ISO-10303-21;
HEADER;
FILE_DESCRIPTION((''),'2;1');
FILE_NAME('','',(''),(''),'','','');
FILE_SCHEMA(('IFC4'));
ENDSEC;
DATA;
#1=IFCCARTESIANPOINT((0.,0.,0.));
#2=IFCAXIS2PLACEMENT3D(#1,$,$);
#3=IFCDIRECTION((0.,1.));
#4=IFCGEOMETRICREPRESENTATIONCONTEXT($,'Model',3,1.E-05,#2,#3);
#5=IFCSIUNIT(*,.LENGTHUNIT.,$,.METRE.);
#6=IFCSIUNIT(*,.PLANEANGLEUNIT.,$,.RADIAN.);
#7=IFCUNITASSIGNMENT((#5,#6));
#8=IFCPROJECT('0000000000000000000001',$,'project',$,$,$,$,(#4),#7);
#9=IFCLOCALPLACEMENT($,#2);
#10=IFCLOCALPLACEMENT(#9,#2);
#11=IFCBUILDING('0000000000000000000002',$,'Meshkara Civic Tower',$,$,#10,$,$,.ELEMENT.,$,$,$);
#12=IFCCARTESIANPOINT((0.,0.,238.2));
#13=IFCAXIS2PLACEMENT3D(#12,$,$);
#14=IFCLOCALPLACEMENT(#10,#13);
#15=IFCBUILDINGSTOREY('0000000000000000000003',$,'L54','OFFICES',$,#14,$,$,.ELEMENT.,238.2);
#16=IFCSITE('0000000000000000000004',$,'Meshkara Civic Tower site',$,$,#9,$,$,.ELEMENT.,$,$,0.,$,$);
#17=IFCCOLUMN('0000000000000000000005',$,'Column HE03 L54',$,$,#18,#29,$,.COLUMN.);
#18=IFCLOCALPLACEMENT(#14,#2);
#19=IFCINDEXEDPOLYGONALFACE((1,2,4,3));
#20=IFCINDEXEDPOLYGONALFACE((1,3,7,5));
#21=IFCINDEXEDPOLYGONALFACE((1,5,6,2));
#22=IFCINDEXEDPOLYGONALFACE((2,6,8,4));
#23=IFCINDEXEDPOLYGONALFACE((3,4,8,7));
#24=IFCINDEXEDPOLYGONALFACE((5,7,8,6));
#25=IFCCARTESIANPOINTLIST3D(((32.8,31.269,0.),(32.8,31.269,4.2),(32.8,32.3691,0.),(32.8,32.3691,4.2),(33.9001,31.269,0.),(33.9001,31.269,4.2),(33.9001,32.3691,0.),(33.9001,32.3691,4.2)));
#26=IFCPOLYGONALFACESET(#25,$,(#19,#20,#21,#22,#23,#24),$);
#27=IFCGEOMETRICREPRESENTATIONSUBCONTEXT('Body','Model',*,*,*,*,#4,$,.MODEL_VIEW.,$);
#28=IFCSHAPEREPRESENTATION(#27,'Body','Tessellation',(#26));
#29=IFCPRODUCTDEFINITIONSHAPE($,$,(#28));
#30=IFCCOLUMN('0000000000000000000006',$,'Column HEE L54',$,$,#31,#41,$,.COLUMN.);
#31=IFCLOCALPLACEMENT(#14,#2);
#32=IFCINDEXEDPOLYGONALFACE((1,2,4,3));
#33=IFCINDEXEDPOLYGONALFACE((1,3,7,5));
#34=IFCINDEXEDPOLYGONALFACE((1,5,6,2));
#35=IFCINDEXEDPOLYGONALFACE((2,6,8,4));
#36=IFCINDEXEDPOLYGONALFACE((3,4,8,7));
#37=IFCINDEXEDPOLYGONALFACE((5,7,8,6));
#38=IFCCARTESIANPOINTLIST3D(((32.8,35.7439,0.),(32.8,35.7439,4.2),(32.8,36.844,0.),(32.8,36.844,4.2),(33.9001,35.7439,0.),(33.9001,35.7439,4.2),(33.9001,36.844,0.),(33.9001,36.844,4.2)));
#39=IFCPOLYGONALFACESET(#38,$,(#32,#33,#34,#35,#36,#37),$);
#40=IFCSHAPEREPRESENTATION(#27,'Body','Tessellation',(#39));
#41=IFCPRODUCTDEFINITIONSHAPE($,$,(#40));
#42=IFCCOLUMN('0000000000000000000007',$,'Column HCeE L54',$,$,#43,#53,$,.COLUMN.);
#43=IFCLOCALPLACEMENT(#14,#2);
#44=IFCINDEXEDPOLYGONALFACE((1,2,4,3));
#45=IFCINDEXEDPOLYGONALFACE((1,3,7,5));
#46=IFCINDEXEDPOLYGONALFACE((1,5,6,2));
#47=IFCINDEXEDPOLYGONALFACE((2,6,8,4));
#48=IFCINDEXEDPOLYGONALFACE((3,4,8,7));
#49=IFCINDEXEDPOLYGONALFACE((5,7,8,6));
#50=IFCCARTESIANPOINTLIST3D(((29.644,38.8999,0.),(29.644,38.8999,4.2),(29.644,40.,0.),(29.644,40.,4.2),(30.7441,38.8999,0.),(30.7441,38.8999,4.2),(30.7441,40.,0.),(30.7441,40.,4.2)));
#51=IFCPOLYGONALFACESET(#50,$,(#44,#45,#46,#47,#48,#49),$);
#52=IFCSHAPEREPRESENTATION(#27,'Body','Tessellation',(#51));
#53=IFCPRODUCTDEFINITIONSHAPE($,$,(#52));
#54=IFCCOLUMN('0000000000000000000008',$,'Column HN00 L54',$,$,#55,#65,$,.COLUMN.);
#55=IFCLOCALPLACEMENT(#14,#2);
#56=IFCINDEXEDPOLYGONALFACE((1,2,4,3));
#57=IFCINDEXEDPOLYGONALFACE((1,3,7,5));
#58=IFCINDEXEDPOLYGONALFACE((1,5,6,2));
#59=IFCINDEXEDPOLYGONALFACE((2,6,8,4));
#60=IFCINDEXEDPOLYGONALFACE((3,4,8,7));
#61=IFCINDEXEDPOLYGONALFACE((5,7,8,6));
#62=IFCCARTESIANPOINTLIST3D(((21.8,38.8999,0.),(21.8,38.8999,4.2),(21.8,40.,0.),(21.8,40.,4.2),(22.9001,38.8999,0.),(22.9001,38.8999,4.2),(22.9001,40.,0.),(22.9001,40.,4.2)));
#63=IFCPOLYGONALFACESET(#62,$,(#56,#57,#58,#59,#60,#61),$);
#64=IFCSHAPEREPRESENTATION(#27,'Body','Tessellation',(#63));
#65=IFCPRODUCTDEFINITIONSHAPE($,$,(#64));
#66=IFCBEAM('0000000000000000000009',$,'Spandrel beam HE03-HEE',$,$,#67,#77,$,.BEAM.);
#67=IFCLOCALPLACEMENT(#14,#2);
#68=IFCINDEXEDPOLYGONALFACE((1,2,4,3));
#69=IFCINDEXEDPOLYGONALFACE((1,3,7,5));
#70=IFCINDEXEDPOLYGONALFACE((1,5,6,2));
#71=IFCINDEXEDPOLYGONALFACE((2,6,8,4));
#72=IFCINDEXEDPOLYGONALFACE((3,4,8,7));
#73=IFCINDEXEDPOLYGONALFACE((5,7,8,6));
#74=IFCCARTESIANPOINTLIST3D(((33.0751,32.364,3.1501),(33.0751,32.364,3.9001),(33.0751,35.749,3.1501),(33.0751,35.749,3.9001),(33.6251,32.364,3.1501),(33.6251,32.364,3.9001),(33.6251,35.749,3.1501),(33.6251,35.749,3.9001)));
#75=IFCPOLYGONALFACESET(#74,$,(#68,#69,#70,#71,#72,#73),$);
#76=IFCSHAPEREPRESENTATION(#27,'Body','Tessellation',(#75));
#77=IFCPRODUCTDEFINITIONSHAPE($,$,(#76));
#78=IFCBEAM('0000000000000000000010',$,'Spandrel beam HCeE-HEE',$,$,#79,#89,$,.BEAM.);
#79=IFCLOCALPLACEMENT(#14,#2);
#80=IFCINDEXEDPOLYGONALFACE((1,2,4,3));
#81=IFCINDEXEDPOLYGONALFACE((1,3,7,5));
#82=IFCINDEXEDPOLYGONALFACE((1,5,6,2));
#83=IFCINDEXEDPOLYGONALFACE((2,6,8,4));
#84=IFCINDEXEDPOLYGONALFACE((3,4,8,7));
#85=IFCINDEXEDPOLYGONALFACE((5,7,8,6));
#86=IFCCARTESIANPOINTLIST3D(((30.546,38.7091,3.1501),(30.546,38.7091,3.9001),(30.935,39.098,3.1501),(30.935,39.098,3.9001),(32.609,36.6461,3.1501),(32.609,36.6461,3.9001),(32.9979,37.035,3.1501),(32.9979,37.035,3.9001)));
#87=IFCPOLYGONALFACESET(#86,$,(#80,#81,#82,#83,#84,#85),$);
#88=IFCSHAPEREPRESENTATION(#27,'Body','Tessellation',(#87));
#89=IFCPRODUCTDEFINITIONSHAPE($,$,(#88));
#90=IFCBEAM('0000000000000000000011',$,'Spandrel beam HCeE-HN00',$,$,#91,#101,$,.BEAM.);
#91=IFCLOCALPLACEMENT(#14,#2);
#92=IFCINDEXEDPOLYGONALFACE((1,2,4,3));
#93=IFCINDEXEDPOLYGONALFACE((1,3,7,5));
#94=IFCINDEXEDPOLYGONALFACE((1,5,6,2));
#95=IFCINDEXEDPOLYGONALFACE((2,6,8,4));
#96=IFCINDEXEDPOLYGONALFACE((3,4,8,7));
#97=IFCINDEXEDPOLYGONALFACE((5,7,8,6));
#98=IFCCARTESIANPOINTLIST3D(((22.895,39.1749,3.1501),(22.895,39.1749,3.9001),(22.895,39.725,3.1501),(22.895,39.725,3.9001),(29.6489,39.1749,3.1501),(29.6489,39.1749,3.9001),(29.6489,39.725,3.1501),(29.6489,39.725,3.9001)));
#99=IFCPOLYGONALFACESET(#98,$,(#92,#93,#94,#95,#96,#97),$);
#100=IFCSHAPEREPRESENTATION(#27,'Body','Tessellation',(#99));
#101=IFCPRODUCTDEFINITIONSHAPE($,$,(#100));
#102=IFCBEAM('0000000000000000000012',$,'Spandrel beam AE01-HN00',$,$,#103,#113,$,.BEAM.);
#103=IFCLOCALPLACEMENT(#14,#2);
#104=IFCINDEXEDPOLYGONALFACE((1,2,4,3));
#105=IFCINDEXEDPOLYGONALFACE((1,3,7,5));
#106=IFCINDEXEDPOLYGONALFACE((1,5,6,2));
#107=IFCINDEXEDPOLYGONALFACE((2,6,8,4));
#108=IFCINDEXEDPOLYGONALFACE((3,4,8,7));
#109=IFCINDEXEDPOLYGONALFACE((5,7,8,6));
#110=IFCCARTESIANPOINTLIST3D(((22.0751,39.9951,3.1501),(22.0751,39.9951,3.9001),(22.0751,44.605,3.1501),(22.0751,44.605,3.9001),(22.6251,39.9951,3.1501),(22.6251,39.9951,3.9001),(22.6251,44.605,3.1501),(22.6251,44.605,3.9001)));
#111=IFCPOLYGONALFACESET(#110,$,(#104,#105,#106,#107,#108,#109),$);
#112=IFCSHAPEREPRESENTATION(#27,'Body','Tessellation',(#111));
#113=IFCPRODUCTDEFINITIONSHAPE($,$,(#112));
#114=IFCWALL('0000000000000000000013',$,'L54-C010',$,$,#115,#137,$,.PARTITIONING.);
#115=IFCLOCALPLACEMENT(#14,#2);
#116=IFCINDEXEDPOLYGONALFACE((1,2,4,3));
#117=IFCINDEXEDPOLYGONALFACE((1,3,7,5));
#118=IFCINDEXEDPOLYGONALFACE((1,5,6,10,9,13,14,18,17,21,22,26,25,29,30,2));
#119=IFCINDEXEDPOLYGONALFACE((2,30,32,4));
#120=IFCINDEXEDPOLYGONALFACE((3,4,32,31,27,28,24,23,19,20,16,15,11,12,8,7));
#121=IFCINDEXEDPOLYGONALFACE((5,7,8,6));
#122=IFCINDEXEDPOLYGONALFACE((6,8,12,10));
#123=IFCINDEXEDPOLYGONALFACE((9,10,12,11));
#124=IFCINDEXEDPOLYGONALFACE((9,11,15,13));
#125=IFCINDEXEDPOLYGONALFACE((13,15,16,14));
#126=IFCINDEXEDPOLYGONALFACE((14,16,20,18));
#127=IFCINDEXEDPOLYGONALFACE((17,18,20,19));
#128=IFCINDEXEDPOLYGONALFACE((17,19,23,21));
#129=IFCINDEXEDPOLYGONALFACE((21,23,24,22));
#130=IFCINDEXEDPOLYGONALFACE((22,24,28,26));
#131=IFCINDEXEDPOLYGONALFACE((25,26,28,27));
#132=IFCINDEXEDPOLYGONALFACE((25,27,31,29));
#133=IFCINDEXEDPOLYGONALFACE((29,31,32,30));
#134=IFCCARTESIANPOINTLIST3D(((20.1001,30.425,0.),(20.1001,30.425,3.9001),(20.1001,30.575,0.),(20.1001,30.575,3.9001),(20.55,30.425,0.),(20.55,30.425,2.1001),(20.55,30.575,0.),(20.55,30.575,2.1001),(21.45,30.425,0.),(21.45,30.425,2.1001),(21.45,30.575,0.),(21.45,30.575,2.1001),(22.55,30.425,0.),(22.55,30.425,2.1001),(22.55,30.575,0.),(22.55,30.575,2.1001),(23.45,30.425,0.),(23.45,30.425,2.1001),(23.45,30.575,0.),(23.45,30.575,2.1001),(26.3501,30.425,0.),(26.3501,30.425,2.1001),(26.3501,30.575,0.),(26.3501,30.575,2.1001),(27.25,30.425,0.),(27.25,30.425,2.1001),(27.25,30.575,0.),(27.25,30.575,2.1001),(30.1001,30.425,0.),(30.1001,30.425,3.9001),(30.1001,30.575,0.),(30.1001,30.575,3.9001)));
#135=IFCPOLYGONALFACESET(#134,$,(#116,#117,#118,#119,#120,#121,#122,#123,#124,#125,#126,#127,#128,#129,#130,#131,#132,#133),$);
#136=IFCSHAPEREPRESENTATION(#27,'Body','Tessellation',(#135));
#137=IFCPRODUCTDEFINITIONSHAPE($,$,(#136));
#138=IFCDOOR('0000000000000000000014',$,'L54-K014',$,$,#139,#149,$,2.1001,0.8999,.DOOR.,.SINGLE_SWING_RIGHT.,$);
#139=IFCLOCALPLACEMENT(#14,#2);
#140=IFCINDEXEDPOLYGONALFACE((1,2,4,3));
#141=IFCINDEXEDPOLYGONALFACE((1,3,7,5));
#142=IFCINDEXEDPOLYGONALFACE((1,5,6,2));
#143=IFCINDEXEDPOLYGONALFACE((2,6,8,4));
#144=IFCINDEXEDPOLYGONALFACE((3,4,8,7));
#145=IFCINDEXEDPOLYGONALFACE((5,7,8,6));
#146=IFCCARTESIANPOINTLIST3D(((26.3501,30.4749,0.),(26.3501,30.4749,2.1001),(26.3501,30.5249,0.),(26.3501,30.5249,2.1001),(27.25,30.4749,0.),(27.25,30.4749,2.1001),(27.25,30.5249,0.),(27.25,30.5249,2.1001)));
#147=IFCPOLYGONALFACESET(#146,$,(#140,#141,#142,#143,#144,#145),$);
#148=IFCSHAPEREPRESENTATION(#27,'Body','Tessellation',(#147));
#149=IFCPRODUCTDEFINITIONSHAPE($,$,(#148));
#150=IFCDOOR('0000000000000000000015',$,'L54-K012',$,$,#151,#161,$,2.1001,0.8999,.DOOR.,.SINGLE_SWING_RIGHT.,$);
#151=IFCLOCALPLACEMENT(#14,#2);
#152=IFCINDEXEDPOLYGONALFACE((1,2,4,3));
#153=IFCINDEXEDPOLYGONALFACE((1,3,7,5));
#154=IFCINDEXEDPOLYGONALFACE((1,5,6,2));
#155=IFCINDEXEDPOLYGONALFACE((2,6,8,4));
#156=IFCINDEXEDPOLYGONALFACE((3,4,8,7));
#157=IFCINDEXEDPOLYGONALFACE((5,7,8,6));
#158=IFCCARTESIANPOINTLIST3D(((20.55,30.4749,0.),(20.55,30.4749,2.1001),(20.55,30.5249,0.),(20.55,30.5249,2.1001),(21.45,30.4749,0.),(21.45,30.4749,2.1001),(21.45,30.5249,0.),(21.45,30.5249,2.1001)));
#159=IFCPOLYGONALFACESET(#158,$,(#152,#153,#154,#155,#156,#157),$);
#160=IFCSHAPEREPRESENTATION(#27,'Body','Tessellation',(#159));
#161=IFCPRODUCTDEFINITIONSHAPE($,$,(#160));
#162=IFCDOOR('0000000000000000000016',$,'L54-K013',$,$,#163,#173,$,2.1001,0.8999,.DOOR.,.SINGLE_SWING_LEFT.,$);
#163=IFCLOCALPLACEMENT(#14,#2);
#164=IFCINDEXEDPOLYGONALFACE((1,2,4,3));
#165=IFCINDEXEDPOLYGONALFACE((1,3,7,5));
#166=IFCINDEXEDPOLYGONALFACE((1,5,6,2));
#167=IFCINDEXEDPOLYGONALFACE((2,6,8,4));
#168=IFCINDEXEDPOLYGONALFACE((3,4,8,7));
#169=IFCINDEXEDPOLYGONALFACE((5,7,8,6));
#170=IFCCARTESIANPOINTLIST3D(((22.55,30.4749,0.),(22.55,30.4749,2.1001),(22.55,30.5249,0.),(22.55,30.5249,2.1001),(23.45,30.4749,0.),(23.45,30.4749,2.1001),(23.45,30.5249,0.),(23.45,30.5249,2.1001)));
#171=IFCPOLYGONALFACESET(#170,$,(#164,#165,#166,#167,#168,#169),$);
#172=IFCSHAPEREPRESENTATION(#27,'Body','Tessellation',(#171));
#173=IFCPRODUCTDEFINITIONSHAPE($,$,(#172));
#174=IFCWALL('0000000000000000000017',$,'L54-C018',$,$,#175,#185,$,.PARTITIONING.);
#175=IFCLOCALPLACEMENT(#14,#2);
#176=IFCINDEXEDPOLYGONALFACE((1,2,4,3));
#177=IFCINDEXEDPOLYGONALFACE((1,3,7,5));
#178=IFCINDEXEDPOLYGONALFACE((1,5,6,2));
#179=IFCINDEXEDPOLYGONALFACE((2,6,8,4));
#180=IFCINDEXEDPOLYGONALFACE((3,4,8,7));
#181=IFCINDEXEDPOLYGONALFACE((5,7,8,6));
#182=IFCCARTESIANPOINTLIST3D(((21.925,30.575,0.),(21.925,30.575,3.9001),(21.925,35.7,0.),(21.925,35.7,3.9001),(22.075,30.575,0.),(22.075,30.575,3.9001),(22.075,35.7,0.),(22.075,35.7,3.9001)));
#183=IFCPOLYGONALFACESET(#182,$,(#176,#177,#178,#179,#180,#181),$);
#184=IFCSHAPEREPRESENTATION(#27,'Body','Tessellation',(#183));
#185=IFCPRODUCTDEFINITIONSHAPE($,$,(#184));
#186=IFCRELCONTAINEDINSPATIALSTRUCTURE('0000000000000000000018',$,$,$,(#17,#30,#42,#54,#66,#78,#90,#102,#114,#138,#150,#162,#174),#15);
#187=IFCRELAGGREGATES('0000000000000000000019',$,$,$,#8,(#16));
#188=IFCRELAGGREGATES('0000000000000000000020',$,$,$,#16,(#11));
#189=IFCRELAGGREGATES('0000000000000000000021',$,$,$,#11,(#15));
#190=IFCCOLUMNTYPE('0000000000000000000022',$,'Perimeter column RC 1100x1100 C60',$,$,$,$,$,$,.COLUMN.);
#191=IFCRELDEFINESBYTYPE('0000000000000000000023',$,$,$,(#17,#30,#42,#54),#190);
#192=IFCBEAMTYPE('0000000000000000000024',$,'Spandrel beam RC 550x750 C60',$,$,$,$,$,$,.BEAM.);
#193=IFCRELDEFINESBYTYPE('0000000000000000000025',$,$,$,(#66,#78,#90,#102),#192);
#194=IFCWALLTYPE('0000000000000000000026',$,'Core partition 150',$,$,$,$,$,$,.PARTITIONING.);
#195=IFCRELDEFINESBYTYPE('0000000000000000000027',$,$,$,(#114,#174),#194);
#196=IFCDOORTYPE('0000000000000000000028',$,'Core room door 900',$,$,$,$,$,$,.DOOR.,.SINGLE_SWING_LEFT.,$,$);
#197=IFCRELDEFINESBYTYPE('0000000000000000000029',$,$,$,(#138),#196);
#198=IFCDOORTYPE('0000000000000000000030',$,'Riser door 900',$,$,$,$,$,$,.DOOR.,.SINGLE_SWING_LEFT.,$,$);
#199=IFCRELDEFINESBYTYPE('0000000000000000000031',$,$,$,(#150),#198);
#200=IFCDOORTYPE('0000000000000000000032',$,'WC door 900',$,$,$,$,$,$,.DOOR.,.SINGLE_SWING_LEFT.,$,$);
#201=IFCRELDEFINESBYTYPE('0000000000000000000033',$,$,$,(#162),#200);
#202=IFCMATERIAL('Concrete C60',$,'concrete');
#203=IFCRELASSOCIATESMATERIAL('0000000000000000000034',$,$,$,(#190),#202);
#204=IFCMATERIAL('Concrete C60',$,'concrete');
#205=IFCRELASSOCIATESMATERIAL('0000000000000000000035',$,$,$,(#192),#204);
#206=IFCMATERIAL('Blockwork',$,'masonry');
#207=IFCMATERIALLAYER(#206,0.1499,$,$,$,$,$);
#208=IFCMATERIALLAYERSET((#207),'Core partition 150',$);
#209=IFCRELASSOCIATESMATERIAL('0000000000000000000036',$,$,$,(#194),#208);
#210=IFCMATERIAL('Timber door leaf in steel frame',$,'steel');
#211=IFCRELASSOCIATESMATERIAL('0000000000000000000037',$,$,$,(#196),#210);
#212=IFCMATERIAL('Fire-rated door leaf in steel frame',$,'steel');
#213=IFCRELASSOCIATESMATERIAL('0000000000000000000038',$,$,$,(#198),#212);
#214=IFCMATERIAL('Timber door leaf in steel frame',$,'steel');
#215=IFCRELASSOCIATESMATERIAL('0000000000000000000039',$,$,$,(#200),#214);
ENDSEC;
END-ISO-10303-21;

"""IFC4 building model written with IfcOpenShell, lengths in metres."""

from ifc_helpers import new_model, si_unit, direction, frame, frame_2d, origin, origin_2d, place, context, subcontext, project, spatial, rectangle, extrude, material, layer, layer_set, material_profile, profile_set, type_object, element, fill, save


model = new_model("IFC4")

# Units and contexts
model_context = context("Model", 3, precision=1e-05, world=origin(), true_north=direction((0.0, 1.0)))
body_context = subcontext(model_context, "Body", "Model", "MODEL_VIEW")
ifc_project = project(units=[si_unit("LENGTHUNIT", "METRE"), si_unit("PLANEANGLEUNIT", "RADIAN")], contexts=[model_context])

# Site, building, storey
site_placement = place(None, origin())
site = spatial("IfcSite", under=ifc_project, at=site_placement, Name="Meshkara Civic Tower site", CompositionType="ELEMENT", RefElevation=0.0)
building_placement = place(site_placement, origin())
building = spatial("IfcBuilding", under=site, at=building_placement, Name="Meshkara Civic Tower", CompositionType="ELEMENT")
storey_placement = place(building_placement, frame((0.0, 0.0, 238.2)))
storey = spatial("IfcBuildingStorey", under=building, at=storey_placement, Name="L54", Description="OFFICES", CompositionType="ELEMENT", Elevation=238.2)

# Columns
ifc_material_1 = material(Name="Concrete C60", Category="concrete")
ifc_material_profile_1 = material_profile(ifc_material_1, rectangle(XDim=1.1001, YDim=1.1001, at=origin_2d()))
ifc_profile_set_1 = profile_set([ifc_material_profile_1], Name="Concrete C60")
column_type = type_object("IfcColumnType", Name="Perimeter column RC 1100x1100 C60", PredefinedType="COLUMN", material=ifc_profile_set_1)
for number, where, z_axis, x_axis, name in (
    (1, (33.3501, 31.8191, 0.0), (0.0, 0.0, 1.0), (1.0, 0.0, 0.0), "Column HE03 L54"),
    (2, (33.3501, 36.2939, 0.0), (0.0, 0.0, 1.0), (1.0, 0.0, 0.0), "Column HEE L54"),
    (3, (30.1941, 39.45, 0.0), (0.0, 0.0, 1.0), (1.0, 0.0, 0.0), "Column HCeE L54"),
    (4, (22.3501, 39.45, 0.0), (0.0, 0.0, 1.0), (1.0, 0.0, 0.0), "Column HN00 L54"),
):
    element("IfcColumn", number, at=place(storey_placement, frame(where, z_axis=z_axis, x_axis=x_axis)), inside=storey, type_object=column_type, Name=name, PredefinedType="COLUMN", context=body_context, shape_type="SweptSolid", body=[
        extrude(rectangle(XDim=1.1001, YDim=1.1001, at=origin_2d()), origin(), (0.0, 0.0, 1.0), 4.2),
    ])

# Beams
ifc_material_2 = material(Name="Concrete C60", Category="concrete")
ifc_material_profile_2 = material_profile(ifc_material_2, rectangle(XDim=0.55, YDim=0.75, at=origin_2d()))
ifc_profile_set_2 = profile_set([ifc_material_profile_2], Name="Concrete C60")
beam_type = type_object("IfcBeamType", Name="Spandrel beam RC 550x750 C60", PredefinedType="BEAM", material=ifc_profile_set_2)
beam_1_placement = place(storey_placement, frame((33.3501, 32.364, 3.5251), z_axis=(0.0, 1.0, 0.0), x_axis=(-1.0, 0.0, 0.0)))
element("IfcBeam", 5, at=beam_1_placement, inside=storey, type_object=beam_type, Name="Spandrel beam HE03-HEE", PredefinedType="BEAM", context=body_context, shape_type="SweptSolid", body=[
    extrude(rectangle(XDim=0.55, YDim=0.75, at=origin_2d()), origin(), (0.0, 0.0, 1.0), 3.385),
])
beam_2_placement = place(storey_placement, frame((32.8035, 36.8406, 3.5251), z_axis=(-0.707107, 0.707107, 0.0), x_axis=(-0.707107, -0.707107, 0.0)))
element("IfcBeam", 6, at=beam_2_placement, inside=storey, type_object=beam_type, Name="Spandrel beam HCeE-HEE", PredefinedType="BEAM", context=body_context, shape_type="SweptSolid", body=[
    extrude(rectangle(XDim=0.55, YDim=0.75, at=origin_2d()), origin(), (0.0, 0.0, 1.0), 2.9175),
])
beam_3_placement = place(storey_placement, frame((29.6489, 39.45, 3.5251), z_axis=(-1.0, 0.0, 0.0), x_axis=(0.0, -1.0, 0.0)))
element("IfcBeam", 7, at=beam_3_placement, inside=storey, type_object=beam_type, Name="Spandrel beam HCeE-HN00", PredefinedType="BEAM", context=body_context, shape_type="SweptSolid", body=[
    extrude(rectangle(XDim=0.55, YDim=0.75, at=origin_2d()), origin(), (0.0, 0.0, 1.0), 6.7539),
])
beam_4_placement = place(storey_placement, frame((22.3501, 39.9951, 3.5251), z_axis=(0.0, 1.0, 0.0), x_axis=(-1.0, 0.0, 0.0)))
element("IfcBeam", 8, at=beam_4_placement, inside=storey, type_object=beam_type, Name="Spandrel beam AE01-HN00", PredefinedType="BEAM", context=body_context, shape_type="SweptSolid", body=[
    extrude(rectangle(XDim=0.55, YDim=0.75, at=origin_2d()), origin(), (0.0, 0.0, 1.0), 4.6099),
])

# Wall, openings, doors
ifc_material_3 = material(Name="Blockwork", Category="masonry")
ifc_layer_1 = layer(ifc_material_3, 0.1499)
ifc_layer_set_1 = layer_set([ifc_layer_1], Name="Core partition 150")
wall_type_1 = type_object("IfcWallType", Name="Core partition 150", PredefinedType="PARTITIONING", material=ifc_layer_set_1)
wall_1_placement = place(storey_placement, frame((20.1001, 30.5, 0.0), z_axis=(0.0, 0.0, 1.0), x_axis=(1.0, 0.0, 0.0)))
wall_1 = element("IfcWall", 9, at=wall_1_placement, inside=storey, type_object=wall_type_1, Name="L54-C010", PredefinedType="PARTITIONING", context=body_context, shape_type="SweptSolid", body=[
    extrude(rectangle(XDim=10.0, YDim=0.1499, at=frame_2d((5.0, 0.0))), origin(), (0.0, 0.0, 1.0), 3.9001),
])
opening_1_placement = place(wall_1_placement, frame((0.45, 0.0, 0.0)))
opening_1 = element("IfcOpeningElement", 10, at=opening_1_placement, cuts=wall_1, PredefinedType="OPENING", context=body_context, shape_type="SweptSolid", body=[
    extrude(rectangle(XDim=0.8999, YDim=2.1001, at=frame_2d((0.45, 1.05))), frame((0.0, 0.085, 0.0), z_axis=(0.0, -1.0, 0.0), x_axis=(1.0, 0.0, 0.0)), (0.0, 0.0, 1.0), 0.1699),
])
opening_2_placement = place(wall_1_placement, frame((2.45, 0.0, 0.0)))
opening_2 = element("IfcOpeningElement", 11, at=opening_2_placement, cuts=wall_1, PredefinedType="OPENING", context=body_context, shape_type="SweptSolid", body=[
    extrude(rectangle(XDim=0.8999, YDim=2.1001, at=frame_2d((0.45, 1.05))), frame((0.0, 0.085, 0.0), z_axis=(0.0, -1.0, 0.0), x_axis=(1.0, 0.0, 0.0)), (0.0, 0.0, 1.0), 0.1699),
])
opening_3_placement = place(wall_1_placement, frame((6.25, 0.0, 0.0)))
opening_3 = element("IfcOpeningElement", 12, at=opening_3_placement, cuts=wall_1, PredefinedType="OPENING", context=body_context, shape_type="SweptSolid", body=[
    extrude(rectangle(XDim=0.8999, YDim=2.1001, at=frame_2d((0.45, 1.05))), frame((0.0, 0.085, 0.0), z_axis=(0.0, -1.0, 0.0), x_axis=(1.0, 0.0, 0.0)), (0.0, 0.0, 1.0), 0.1699),
])
ifc_material_4 = material(Name="Timber door leaf in steel frame", Category="steel")
door_type_1 = type_object("IfcDoorType", Name="Core room door 900", OperationType="SINGLE_SWING_LEFT", PredefinedType="DOOR", material=ifc_material_4)
door_1_placement = place(opening_3_placement, origin())
door_1 = element("IfcDoor", 13, at=door_1_placement, inside=storey, type_object=door_type_1, Name="L54-K014", OperationType="SINGLE_SWING_RIGHT", OverallHeight=2.1001, OverallWidth=0.8999, PredefinedType="DOOR", context=body_context, shape_type="SweptSolid", body=[
    extrude(rectangle(XDim=0.8999, YDim=2.1001, at=frame_2d((0.45, 1.05))), frame((0.0, 0.0249, 0.0), z_axis=(0.0, -1.0, 0.0), x_axis=(1.0, 0.0, 0.0)), (0.0, 0.0, 1.0), 0.05),
])
fill(opening_3, door_1)
ifc_material_5 = material(Name="Fire-rated door leaf in steel frame", Category="steel")
door_type_2 = type_object("IfcDoorType", Name="Riser door 900", OperationType="SINGLE_SWING_LEFT", PredefinedType="DOOR", material=ifc_material_5)
door_2_placement = place(opening_1_placement, origin())
door_2 = element("IfcDoor", 14, at=door_2_placement, inside=storey, type_object=door_type_2, Name="L54-K012", OperationType="SINGLE_SWING_RIGHT", OverallHeight=2.1001, OverallWidth=0.8999, PredefinedType="DOOR", context=body_context, shape_type="SweptSolid", body=[
    extrude(rectangle(XDim=0.8999, YDim=2.1001, at=frame_2d((0.45, 1.05))), frame((0.0, 0.0249, 0.0), z_axis=(0.0, -1.0, 0.0), x_axis=(1.0, 0.0, 0.0)), (0.0, 0.0, 1.0), 0.05),
])
fill(opening_1, door_2)
ifc_material_6 = material(Name="Timber door leaf in steel frame", Category="steel")
door_type_3 = type_object("IfcDoorType", Name="WC door 900", OperationType="SINGLE_SWING_LEFT", PredefinedType="DOOR", material=ifc_material_6)
door_3_placement = place(opening_2_placement, origin())
door_3 = element("IfcDoor", 15, at=door_3_placement, inside=storey, type_object=door_type_3, Name="L54-K013", OperationType="SINGLE_SWING_LEFT", OverallHeight=2.1001, OverallWidth=0.8999, PredefinedType="DOOR", context=body_context, shape_type="SweptSolid", body=[
    extrude(rectangle(XDim=0.8999, YDim=2.1001, at=frame_2d((0.45, 1.05))), frame((0.0, 0.0249, 0.0), z_axis=(0.0, -1.0, 0.0), x_axis=(1.0, 0.0, 0.0)), (0.0, 0.0, 1.0), 0.05),
])
fill(opening_2, door_3)

# Wall
for number, where, z_axis, x_axis, name in (
    (16, (22.0, 30.575, 0.0), (0.0, 0.0, 1.0), (0.0, 1.0, 0.0), "L54-C018"),
):
    element("IfcWall", number, at=place(storey_placement, frame(where, z_axis=z_axis, x_axis=x_axis)), inside=storey, type_object=wall_type_1, Name=name, PredefinedType="PARTITIONING", context=body_context, shape_type="SweptSolid", body=[
        extrude(rectangle(XDim=5.125, YDim=0.1499, at=frame_2d((2.5625, 0.0))), origin(), (0.0, 0.0, 1.0), 3.9001),
    ])

save(model, "model.ifc")
